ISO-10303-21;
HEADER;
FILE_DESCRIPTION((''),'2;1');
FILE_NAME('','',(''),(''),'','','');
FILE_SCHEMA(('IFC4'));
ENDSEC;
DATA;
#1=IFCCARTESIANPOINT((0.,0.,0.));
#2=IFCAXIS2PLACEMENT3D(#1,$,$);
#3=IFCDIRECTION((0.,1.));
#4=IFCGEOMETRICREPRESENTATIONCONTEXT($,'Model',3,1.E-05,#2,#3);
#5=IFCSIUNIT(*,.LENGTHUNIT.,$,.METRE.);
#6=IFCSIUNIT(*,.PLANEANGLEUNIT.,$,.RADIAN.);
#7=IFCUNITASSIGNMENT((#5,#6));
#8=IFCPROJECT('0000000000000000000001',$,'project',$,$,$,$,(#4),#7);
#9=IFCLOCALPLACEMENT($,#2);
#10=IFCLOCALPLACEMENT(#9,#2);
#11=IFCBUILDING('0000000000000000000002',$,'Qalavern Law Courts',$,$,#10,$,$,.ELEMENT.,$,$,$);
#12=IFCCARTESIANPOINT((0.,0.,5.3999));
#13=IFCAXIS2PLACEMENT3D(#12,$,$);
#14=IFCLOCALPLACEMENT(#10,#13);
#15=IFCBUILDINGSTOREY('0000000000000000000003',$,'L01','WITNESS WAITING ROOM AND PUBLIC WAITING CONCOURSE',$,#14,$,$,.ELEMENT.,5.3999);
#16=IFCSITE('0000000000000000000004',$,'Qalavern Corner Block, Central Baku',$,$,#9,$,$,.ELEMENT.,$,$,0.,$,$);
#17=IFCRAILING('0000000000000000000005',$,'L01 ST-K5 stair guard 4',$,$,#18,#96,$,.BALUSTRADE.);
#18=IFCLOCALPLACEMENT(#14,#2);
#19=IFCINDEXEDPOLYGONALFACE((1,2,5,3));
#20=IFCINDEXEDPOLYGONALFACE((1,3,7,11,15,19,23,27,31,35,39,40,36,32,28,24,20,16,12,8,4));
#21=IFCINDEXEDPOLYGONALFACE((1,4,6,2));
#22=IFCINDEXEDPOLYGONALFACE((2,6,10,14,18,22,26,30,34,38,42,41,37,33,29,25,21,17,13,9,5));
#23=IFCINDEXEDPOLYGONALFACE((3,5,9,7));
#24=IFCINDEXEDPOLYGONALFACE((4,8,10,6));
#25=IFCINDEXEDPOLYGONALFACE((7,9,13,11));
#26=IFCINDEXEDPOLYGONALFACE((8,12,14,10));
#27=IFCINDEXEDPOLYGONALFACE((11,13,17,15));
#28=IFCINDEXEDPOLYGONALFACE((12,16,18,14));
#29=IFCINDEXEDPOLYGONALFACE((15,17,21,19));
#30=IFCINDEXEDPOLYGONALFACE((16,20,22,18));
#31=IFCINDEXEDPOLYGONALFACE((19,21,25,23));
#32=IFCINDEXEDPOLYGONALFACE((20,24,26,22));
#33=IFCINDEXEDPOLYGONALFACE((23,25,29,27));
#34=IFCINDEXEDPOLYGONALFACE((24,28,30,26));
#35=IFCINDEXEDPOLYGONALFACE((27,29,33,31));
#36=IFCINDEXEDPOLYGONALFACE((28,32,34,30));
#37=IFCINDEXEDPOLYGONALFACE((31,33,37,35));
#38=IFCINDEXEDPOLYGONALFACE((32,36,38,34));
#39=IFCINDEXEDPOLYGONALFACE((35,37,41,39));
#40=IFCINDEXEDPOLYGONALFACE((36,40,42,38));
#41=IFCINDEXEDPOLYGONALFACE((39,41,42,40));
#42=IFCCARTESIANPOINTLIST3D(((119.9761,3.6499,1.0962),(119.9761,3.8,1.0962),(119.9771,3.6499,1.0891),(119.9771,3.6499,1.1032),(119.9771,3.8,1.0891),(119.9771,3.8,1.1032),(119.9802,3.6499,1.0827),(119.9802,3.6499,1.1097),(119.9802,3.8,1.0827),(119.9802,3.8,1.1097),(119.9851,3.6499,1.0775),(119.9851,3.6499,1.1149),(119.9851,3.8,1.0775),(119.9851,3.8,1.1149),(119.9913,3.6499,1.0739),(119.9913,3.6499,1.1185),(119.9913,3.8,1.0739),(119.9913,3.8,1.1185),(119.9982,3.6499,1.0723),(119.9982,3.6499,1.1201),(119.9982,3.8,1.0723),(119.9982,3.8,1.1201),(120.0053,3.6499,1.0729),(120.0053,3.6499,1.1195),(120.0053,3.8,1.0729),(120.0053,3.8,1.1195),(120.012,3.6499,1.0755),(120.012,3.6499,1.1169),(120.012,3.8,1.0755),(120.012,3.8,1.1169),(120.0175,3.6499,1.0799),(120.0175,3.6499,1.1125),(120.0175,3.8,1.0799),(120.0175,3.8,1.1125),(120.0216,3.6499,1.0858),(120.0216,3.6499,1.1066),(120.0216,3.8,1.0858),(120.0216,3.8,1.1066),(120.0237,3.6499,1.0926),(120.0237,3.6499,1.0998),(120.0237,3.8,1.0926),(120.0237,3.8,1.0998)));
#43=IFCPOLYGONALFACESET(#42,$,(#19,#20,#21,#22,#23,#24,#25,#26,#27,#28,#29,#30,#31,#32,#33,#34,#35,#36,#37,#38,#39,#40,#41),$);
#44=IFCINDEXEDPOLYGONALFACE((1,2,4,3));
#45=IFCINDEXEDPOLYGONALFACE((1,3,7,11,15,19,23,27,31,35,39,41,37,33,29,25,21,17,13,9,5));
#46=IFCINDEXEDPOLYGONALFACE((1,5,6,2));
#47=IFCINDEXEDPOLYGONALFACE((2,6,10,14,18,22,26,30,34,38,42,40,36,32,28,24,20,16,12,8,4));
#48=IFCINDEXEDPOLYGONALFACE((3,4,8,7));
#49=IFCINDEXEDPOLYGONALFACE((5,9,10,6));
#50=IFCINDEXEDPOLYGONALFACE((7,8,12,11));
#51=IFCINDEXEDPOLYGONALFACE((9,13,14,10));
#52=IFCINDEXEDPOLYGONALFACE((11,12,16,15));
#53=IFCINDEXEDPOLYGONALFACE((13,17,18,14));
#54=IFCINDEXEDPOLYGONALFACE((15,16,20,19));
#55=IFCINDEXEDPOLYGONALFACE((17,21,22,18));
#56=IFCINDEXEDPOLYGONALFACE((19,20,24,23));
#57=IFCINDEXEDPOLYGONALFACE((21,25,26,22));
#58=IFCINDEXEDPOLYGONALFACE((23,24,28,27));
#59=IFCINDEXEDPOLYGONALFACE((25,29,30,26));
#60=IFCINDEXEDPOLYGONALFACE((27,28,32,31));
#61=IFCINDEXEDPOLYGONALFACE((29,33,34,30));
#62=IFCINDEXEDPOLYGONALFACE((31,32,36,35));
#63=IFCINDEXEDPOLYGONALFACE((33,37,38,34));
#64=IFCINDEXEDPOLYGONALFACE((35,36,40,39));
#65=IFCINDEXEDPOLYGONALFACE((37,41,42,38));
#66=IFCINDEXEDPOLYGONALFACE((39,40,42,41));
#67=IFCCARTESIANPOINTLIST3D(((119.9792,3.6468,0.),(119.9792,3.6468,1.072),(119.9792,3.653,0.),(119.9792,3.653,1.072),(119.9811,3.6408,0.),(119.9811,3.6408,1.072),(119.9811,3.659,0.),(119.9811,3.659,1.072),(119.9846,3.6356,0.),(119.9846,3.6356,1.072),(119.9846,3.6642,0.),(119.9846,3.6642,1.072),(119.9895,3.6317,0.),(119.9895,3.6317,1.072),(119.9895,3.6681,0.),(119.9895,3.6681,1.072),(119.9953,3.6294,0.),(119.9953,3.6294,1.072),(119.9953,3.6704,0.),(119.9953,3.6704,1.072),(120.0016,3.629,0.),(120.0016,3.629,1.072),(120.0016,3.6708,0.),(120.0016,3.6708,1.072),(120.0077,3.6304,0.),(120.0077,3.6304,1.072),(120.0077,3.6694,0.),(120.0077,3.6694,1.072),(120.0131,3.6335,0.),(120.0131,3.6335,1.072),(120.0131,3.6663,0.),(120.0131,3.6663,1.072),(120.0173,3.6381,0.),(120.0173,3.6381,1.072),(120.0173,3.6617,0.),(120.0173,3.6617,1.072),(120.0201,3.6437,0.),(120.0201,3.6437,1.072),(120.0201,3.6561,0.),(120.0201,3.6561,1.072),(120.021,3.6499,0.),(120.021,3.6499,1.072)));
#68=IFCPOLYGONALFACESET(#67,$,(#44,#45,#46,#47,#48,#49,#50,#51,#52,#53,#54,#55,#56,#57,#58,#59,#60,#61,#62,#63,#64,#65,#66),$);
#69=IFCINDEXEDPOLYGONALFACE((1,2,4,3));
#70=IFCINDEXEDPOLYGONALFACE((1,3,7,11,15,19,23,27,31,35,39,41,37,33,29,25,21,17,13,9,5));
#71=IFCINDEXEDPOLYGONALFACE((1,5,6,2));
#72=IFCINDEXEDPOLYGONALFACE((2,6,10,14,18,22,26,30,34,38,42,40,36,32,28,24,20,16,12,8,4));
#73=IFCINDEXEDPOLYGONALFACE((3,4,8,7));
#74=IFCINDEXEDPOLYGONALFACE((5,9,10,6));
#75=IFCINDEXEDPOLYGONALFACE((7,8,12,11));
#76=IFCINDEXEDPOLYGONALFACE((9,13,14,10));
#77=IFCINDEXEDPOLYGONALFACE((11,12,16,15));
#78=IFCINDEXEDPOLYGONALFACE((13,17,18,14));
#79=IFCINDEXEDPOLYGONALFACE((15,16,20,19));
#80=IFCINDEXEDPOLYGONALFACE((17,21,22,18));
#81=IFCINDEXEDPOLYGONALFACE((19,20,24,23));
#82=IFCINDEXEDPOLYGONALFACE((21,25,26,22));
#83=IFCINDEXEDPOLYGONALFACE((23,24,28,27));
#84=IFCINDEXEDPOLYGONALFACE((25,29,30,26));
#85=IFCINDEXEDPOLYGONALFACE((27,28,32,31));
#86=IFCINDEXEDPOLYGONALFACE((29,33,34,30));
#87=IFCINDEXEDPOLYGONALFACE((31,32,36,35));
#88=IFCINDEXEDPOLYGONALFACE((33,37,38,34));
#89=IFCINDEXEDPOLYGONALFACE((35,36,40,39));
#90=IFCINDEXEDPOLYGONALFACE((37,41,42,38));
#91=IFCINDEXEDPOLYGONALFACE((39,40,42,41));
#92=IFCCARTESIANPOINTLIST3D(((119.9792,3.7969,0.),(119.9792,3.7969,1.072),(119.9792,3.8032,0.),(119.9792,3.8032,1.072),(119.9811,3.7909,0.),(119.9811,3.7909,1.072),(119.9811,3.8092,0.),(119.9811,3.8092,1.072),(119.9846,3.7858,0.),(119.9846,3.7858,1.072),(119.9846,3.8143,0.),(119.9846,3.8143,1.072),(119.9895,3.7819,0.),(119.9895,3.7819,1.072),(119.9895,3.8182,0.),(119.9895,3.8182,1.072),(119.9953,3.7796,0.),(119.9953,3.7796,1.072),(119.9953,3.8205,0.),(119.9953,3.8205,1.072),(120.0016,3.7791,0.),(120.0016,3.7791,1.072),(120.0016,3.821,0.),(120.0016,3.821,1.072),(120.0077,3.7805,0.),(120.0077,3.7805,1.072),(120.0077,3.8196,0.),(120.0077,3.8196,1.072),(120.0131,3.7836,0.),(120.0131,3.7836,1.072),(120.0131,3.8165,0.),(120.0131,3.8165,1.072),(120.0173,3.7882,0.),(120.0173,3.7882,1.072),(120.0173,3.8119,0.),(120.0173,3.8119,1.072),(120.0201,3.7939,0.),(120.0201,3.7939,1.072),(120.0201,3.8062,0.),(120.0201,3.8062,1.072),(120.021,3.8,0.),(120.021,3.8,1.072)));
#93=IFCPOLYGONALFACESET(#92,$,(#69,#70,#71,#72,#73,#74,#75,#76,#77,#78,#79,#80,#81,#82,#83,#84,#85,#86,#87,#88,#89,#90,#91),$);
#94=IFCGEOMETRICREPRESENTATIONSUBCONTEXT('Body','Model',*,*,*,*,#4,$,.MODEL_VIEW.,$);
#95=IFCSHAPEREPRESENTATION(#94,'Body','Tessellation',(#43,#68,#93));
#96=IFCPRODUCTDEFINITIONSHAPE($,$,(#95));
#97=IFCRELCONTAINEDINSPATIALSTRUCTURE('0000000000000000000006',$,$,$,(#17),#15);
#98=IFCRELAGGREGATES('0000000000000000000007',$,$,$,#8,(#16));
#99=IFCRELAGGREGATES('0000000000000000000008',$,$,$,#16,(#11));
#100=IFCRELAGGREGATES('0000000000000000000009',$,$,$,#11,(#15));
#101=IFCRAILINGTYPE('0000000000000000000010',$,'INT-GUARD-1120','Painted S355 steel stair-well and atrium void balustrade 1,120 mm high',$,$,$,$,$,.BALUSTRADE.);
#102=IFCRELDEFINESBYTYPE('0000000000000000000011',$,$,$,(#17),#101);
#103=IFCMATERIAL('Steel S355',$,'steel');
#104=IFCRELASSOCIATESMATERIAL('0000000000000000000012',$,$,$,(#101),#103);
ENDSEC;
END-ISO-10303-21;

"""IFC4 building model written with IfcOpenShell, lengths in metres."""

from ifc_helpers import new_model, si_unit, direction, frame, origin, origin_2d, place, context, subcontext, project, spatial, circle, extrude, material, type_object, element, save


model = new_model("IFC4")

# Units and contexts
model_context = context("Model", 3, precision=1e-05, world=origin(), true_north=direction((0.0, 1.0)))
body_context = subcontext(model_context, "Body", "Model", "MODEL_VIEW")
ifc_project = project(units=[si_unit("LENGTHUNIT", "METRE"), si_unit("PLANEANGLEUNIT", "RADIAN")], contexts=[model_context])

# Site, building, storey
site_placement = place(None, origin())
site = spatial("IfcSite", under=ifc_project, at=site_placement, Name="Qalavern Corner Block, Central Baku", CompositionType="ELEMENT", RefElevation=0.0)
building_placement = place(site_placement, origin())
building = spatial("IfcBuilding", under=site, at=building_placement, Name="Qalavern Law Courts", CompositionType="ELEMENT")
storey_placement = place(building_placement, frame((0.0, 0.0, 5.3999)))
storey = spatial("IfcBuildingStorey", under=building, at=storey_placement, Name="L01", Description="WITNESS WAITING ROOM AND PUBLIC WAITING CONCOURSE", CompositionType="ELEMENT", Elevation=5.3999)

# Shared definitions
ifc_material_1 = material(Name="Steel S355", Category="steel")

# Railing
railing_type_1 = type_object("IfcRailingType", Name="INT-GUARD-1120", Description="Painted S355 steel stair-well and atrium void balustrade 1,120 mm high", PredefinedType="BALUSTRADE", material=ifc_material_1)
railing_1_placement = place(storey_placement, frame((120.0, 3.6499, 0.0)))
element("IfcRailing", 1, at=railing_1_placement, inside=storey, type_object=railing_type_1, Name="L01 ST-K5 stair guard 4", PredefinedType="BALUSTRADE", context=body_context, shape_type="SweptSolid", body=[
    extrude(circle(Radius=0.0239, at=origin_2d()), frame((0.0, 0.0, 1.0962), z_axis=(0.0, 1.0, 0.0), x_axis=(-1.0, 0.0, 0.0)), (0.0, 0.0, 1.0), 0.1501),
    extrude(circle(Radius=0.021, at=origin_2d()), origin(), (0.0, 0.0, 1.0), 1.072),
    extrude(circle(Radius=0.021, at=origin_2d()), frame((0.0, 0.1501, 0.0)), (0.0, 0.0, 1.0), 1.072),
])

save(model, "model.ifc")
